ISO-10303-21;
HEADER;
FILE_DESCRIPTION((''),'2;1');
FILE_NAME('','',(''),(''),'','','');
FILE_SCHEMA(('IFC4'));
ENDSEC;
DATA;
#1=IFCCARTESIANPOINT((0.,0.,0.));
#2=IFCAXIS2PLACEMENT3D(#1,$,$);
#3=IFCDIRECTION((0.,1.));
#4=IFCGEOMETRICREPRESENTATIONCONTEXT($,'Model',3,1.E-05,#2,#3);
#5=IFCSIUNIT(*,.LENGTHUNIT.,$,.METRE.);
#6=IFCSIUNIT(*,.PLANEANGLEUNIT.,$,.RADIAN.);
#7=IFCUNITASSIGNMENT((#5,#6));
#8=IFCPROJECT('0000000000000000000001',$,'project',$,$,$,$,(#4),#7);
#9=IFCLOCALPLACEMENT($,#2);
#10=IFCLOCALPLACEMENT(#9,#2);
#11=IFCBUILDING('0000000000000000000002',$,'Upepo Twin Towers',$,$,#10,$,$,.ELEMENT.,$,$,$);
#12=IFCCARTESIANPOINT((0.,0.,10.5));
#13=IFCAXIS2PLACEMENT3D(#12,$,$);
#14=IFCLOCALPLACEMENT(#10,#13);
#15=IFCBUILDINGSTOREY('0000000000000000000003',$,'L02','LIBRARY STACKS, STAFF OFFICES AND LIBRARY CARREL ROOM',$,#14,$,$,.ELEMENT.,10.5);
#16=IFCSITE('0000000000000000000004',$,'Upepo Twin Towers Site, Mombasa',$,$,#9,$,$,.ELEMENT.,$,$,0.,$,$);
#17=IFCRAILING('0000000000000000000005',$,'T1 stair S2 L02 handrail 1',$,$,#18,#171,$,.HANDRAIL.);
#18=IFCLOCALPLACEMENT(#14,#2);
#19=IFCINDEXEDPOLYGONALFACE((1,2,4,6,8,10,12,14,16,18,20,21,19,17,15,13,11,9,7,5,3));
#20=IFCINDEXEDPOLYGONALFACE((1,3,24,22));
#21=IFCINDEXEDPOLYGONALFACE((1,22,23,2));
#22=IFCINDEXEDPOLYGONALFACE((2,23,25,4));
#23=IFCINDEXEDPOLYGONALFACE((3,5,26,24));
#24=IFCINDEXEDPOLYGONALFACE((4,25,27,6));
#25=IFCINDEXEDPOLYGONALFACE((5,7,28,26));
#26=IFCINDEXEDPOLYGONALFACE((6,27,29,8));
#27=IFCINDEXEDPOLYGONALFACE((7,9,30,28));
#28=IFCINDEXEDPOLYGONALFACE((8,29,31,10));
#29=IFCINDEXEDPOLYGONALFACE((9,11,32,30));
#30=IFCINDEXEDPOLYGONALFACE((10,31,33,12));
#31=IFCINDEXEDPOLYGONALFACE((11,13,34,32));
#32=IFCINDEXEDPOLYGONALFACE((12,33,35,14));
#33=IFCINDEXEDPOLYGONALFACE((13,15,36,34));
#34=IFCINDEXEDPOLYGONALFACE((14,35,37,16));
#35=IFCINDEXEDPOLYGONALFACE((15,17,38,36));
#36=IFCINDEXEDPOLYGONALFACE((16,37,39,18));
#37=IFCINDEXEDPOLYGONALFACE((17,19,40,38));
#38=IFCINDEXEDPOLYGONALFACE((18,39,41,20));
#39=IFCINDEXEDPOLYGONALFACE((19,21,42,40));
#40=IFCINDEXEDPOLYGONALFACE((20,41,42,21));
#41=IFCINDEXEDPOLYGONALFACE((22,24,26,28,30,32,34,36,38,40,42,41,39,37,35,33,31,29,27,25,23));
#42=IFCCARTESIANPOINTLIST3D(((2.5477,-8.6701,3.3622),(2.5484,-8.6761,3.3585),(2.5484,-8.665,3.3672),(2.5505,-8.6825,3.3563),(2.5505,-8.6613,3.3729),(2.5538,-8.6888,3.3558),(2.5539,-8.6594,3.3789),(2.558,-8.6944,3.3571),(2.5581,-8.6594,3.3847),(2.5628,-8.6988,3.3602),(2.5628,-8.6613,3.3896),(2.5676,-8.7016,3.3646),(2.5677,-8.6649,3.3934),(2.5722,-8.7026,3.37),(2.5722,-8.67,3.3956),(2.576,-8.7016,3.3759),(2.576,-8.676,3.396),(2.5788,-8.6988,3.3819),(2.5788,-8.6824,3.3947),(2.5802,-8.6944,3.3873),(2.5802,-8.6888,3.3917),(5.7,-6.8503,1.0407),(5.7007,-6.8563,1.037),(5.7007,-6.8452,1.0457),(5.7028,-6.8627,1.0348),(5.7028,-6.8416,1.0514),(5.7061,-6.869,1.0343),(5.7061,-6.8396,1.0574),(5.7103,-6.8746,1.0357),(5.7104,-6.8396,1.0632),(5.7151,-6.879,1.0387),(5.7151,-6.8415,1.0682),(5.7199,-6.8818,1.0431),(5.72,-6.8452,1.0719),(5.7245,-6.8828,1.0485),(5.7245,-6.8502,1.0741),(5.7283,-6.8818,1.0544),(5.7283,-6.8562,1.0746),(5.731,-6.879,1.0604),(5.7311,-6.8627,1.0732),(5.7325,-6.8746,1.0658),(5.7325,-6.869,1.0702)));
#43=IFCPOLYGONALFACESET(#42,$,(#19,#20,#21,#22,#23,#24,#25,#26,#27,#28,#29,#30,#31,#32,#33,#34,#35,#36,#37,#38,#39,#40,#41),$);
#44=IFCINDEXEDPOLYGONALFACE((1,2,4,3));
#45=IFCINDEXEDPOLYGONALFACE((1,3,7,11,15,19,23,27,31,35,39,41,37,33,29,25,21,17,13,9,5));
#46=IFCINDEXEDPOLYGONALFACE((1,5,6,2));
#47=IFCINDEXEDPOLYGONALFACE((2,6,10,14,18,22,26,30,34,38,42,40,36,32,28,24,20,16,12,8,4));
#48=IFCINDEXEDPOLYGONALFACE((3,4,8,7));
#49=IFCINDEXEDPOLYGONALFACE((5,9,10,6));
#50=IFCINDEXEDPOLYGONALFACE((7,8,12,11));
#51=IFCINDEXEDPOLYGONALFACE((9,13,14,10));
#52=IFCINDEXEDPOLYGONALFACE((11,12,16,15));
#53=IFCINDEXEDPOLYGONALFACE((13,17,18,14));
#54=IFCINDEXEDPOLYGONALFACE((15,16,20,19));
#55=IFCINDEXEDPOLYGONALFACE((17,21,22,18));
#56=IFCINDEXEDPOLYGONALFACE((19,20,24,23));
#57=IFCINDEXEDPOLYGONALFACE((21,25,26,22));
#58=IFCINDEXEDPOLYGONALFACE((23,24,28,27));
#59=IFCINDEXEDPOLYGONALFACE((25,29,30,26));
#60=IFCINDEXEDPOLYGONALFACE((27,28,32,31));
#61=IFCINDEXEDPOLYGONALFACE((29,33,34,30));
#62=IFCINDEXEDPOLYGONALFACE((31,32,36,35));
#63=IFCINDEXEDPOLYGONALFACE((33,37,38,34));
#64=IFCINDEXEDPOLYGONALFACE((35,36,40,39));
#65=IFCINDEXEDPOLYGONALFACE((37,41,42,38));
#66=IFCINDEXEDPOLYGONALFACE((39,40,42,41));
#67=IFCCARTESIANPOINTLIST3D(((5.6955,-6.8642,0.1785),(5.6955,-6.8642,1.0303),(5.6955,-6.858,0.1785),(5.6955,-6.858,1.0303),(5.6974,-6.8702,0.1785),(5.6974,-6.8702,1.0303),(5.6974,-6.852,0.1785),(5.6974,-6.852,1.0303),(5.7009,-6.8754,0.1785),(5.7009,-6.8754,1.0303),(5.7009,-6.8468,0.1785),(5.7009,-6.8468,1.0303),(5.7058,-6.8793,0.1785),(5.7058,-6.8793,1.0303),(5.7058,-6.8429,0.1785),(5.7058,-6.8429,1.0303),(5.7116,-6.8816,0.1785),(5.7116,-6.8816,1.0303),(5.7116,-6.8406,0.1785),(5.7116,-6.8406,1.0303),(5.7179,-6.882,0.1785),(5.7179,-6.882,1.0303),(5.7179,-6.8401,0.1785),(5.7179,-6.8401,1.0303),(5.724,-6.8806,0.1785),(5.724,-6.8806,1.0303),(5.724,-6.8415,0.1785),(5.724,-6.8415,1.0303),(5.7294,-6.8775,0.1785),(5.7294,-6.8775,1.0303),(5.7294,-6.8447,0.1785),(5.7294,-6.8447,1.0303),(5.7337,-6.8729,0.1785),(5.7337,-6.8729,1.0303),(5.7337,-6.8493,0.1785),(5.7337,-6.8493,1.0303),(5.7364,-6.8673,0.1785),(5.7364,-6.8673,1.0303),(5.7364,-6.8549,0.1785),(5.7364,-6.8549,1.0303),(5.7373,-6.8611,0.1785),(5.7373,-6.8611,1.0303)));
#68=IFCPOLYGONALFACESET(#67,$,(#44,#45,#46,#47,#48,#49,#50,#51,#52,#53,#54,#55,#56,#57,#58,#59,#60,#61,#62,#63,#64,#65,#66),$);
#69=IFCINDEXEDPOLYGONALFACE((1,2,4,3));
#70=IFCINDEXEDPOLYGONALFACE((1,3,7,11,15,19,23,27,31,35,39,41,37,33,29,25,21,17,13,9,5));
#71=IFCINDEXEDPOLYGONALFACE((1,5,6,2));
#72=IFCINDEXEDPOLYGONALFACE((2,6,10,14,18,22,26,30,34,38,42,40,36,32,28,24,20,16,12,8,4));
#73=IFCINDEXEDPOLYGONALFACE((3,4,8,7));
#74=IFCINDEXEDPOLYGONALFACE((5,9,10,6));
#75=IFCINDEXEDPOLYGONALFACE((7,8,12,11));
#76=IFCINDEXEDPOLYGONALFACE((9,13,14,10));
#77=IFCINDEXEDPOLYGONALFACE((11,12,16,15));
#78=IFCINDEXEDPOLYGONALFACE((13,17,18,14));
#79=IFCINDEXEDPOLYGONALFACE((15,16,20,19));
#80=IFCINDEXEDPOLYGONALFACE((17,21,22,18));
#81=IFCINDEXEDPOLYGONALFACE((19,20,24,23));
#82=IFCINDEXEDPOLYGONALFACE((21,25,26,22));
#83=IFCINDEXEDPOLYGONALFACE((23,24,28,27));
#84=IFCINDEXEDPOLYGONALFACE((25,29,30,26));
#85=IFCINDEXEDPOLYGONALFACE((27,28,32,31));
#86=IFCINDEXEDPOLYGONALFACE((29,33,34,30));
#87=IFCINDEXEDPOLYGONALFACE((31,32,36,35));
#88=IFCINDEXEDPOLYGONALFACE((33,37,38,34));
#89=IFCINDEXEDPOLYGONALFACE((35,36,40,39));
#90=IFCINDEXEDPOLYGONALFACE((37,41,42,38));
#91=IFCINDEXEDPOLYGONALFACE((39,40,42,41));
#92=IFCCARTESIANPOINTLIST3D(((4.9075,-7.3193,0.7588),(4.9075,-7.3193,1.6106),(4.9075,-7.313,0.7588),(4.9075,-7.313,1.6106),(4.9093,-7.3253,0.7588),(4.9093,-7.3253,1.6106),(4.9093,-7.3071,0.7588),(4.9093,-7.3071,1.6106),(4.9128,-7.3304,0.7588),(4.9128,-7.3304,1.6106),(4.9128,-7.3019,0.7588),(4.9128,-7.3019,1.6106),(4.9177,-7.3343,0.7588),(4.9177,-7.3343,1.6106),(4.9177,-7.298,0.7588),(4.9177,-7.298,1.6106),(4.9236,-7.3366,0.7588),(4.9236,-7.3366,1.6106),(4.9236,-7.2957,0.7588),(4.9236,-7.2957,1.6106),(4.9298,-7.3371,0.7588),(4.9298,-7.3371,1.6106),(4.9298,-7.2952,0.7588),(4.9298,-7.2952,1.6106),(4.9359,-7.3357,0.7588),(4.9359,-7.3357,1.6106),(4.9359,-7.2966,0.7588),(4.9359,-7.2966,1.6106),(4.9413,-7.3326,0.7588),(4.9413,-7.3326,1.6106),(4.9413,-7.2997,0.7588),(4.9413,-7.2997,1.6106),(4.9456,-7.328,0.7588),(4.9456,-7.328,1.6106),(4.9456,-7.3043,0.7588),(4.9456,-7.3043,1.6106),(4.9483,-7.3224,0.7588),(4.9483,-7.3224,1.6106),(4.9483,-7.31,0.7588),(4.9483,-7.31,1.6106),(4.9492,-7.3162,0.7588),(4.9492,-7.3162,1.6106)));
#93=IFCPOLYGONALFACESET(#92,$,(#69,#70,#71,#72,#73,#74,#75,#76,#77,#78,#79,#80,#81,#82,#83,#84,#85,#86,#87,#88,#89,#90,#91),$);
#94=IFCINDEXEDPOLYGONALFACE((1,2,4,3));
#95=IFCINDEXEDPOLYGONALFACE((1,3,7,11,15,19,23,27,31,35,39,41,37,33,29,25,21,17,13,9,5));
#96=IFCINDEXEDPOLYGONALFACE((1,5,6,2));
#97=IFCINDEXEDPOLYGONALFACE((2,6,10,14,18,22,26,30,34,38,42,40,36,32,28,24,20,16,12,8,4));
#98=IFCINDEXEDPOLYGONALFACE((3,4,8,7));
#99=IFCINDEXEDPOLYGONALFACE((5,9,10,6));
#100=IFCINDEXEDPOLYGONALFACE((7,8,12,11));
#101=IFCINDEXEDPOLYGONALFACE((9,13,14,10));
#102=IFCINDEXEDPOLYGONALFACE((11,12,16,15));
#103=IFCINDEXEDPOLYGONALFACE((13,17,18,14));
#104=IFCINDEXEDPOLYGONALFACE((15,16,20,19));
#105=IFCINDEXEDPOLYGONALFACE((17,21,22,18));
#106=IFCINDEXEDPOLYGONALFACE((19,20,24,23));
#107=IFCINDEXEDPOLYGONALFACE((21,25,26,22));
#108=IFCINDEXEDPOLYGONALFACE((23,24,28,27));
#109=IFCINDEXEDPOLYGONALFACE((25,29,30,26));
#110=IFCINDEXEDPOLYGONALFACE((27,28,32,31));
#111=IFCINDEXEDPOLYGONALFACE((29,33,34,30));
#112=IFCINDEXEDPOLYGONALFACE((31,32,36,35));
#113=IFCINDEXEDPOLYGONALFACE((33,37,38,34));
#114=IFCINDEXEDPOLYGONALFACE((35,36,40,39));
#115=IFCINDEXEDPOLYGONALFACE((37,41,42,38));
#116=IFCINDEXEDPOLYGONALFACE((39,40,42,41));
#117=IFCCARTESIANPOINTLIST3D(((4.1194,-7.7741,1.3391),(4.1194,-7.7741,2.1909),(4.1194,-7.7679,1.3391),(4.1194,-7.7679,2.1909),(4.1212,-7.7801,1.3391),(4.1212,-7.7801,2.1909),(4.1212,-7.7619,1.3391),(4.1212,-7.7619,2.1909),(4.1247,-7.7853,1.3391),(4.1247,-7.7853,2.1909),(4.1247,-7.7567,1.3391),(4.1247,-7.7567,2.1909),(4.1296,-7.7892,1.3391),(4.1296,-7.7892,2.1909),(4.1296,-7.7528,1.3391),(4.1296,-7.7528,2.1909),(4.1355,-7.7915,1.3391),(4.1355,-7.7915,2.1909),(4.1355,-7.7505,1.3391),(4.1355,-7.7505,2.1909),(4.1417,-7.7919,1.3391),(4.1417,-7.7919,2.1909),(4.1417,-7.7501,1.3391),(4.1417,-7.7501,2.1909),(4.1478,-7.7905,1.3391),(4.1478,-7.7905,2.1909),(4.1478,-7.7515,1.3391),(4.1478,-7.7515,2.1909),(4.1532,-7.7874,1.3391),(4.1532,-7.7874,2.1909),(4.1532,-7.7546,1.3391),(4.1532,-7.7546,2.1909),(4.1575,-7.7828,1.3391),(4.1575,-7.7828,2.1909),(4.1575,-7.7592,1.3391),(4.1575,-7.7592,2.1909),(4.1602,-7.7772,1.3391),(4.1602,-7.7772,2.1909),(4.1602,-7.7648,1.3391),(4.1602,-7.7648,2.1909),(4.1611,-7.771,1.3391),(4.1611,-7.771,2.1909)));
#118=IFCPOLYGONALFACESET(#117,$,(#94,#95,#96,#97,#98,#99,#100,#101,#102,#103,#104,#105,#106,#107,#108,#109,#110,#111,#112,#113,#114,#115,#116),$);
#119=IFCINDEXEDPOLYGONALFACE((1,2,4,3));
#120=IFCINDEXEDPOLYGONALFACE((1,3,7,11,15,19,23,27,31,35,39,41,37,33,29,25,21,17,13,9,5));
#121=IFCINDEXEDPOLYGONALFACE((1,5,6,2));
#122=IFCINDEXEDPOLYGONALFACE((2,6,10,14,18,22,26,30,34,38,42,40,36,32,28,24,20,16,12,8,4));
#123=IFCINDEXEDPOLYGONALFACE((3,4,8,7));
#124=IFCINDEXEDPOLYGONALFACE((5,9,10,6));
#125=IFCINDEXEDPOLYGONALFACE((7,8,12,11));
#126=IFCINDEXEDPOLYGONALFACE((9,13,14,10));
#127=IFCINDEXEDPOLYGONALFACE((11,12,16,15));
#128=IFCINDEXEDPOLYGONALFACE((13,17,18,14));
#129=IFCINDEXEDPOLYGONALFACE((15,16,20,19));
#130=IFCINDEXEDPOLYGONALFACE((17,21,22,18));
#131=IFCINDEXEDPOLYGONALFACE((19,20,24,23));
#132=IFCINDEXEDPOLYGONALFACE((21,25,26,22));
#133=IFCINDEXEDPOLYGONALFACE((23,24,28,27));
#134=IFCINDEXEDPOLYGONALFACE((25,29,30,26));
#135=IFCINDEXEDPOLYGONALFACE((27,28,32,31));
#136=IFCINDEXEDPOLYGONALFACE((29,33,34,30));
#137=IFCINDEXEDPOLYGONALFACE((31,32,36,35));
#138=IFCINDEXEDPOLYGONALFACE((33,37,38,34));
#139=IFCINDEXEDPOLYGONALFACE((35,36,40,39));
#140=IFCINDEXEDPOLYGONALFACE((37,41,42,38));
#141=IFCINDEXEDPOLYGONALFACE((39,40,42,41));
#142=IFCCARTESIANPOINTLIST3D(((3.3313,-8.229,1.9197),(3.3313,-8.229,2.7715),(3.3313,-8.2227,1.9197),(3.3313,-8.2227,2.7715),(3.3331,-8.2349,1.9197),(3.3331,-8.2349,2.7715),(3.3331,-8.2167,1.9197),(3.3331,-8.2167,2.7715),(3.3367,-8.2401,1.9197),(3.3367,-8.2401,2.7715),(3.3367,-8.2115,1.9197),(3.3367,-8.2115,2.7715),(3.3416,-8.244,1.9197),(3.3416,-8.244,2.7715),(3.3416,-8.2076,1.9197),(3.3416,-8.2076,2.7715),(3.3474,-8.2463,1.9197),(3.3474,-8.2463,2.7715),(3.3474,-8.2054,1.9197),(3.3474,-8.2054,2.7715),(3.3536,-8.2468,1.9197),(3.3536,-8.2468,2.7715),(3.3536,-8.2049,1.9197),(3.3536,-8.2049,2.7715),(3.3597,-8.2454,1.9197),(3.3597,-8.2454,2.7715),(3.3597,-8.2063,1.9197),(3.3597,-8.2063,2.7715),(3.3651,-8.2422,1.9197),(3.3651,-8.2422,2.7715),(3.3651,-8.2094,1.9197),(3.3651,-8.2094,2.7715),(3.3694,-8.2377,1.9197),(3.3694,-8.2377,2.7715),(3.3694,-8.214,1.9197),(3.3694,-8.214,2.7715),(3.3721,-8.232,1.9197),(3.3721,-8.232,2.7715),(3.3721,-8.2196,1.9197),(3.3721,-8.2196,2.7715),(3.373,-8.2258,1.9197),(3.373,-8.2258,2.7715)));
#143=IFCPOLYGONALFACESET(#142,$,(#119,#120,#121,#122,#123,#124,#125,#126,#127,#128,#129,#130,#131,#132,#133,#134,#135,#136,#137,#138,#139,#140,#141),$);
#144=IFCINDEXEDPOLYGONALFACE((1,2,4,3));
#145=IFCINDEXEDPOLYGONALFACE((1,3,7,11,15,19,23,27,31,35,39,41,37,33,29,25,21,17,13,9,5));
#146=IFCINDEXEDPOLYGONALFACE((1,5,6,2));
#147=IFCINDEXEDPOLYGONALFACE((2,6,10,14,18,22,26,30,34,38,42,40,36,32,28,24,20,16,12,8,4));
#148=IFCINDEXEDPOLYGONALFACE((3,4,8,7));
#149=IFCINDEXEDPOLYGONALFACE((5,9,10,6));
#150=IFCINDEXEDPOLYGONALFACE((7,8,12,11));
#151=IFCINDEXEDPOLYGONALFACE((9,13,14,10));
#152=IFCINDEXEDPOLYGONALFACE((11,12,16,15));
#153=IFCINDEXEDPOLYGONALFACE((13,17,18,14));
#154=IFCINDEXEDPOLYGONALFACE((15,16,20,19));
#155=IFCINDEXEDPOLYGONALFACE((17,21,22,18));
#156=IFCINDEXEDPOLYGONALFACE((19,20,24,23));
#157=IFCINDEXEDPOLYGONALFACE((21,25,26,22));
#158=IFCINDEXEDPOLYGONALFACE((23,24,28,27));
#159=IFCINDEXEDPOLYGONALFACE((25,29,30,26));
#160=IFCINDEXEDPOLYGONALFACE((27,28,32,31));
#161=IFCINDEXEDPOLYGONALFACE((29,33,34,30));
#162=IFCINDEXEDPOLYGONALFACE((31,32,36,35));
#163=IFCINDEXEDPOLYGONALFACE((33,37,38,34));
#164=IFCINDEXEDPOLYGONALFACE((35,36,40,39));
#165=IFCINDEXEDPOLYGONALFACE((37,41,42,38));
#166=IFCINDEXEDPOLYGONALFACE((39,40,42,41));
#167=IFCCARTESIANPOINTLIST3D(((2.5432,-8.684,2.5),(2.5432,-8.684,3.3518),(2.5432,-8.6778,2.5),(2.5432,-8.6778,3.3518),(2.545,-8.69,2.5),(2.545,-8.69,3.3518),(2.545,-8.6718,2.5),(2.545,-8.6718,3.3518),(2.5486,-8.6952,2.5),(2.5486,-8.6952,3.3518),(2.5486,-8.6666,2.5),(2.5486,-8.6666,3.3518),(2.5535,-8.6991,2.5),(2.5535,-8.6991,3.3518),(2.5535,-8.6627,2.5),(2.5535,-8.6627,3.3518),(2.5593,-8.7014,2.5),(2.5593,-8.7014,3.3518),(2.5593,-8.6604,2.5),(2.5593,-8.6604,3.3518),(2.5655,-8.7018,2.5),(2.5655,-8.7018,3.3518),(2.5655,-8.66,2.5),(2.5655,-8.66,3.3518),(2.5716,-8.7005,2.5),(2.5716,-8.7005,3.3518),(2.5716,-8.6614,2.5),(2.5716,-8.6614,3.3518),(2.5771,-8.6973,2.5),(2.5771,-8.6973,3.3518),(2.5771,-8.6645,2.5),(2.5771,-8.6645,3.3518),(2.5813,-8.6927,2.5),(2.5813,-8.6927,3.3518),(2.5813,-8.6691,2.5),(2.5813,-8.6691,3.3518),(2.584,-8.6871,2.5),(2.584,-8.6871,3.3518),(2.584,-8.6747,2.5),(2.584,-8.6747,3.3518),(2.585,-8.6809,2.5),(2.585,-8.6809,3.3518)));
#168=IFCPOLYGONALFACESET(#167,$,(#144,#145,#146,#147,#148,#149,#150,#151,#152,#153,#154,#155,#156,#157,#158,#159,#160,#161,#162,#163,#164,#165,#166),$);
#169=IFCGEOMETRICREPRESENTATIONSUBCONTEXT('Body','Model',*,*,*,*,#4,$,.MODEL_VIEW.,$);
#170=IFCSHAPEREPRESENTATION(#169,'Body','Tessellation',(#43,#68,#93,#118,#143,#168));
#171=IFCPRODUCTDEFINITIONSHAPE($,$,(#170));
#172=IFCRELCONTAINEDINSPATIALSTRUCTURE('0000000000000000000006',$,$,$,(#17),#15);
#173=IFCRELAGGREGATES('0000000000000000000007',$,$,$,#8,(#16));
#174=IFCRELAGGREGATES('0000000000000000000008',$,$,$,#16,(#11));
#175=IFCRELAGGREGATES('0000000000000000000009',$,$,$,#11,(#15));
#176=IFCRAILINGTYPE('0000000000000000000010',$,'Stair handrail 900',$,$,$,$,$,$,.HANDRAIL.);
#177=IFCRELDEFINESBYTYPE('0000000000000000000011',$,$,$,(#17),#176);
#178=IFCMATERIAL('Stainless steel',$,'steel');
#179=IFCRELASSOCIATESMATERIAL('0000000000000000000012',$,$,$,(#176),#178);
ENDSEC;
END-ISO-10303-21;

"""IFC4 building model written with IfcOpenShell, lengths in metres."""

from ifc_helpers import new_model, si_unit, direction, frame, origin, origin_2d, place, context, subcontext, project, spatial, circle, extrude, material, type_object, element, save


model = new_model("IFC4")

# Units and contexts
model_context = context("Model", 3, precision=1e-05, world=origin(), true_north=direction((0.0, 1.0)))
body_context = subcontext(model_context, "Body", "Model", "MODEL_VIEW")
ifc_project = project(units=[si_unit("LENGTHUNIT", "METRE"), si_unit("PLANEANGLEUNIT", "RADIAN")], contexts=[model_context])

# Site, building, storey
site_placement = place(None, origin())
site = spatial("IfcSite", under=ifc_project, at=site_placement, Name="Upepo Twin Towers Site, Mombasa", CompositionType="ELEMENT", RefElevation=0.0)
building_placement = place(site_placement, origin())
building = spatial("IfcBuilding", under=site, at=building_placement, Name="Upepo Twin Towers", CompositionType="ELEMENT")
storey_placement = place(building_placement, frame((0.0, 0.0, 10.5)))
storey = spatial("IfcBuildingStorey", under=building, at=storey_placement, Name="L02", Description="LIBRARY STACKS, STAFF OFFICES AND LIBRARY CARREL ROOM", CompositionType="ELEMENT", Elevation=10.5)

# Railing
ifc_material_1 = material(Name="Stainless steel", Category="steel")
railing_type = type_object("IfcRailingType", Name="Stair handrail 900", PredefinedType="HANDRAIL", material=ifc_material_1)
railing_1_placement = place(storey_placement, frame((5.7163, -6.8611, 0.1785)))
element("IfcRailing", 1, at=railing_1_placement, inside=storey, type_object=railing_type, Name="T1 stair S2 L02 handrail 1", PredefinedType="HANDRAIL", context=body_context, shape_type="SweptSolid", body=[
    extrude(circle(Radius=0.0239, at=origin_2d()), frame((0.0, 0.0, 0.876), z_axis=(-0.730176, -0.421525, 0.537736), x_axis=(0.499962, -0.866047, 0.0)), (0.0, 0.0, 1.0), 4.3171),
    extrude(circle(Radius=0.021, at=origin_2d()), origin(), (0.0, 0.0, 1.0), 0.8518),
    extrude(circle(Radius=0.021, at=origin_2d()), frame((-0.7881, -0.4551, 0.5803)), (0.0, 0.0, 1.0), 0.8518),
    extrude(circle(Radius=0.021, at=origin_2d()), frame((-1.5762, -0.9099, 1.1606)), (0.0, 0.0, 1.0), 0.8518),
    extrude(circle(Radius=0.021, at=origin_2d()), frame((-2.3643, -1.3647, 1.7412)), (0.0, 0.0, 1.0), 0.8518),
    extrude(circle(Radius=0.021, at=origin_2d()), frame((-3.1523, -1.8198, 2.3215)), (0.0, 0.0, 1.0), 0.8518),
])

save(model, "model.ifc")
